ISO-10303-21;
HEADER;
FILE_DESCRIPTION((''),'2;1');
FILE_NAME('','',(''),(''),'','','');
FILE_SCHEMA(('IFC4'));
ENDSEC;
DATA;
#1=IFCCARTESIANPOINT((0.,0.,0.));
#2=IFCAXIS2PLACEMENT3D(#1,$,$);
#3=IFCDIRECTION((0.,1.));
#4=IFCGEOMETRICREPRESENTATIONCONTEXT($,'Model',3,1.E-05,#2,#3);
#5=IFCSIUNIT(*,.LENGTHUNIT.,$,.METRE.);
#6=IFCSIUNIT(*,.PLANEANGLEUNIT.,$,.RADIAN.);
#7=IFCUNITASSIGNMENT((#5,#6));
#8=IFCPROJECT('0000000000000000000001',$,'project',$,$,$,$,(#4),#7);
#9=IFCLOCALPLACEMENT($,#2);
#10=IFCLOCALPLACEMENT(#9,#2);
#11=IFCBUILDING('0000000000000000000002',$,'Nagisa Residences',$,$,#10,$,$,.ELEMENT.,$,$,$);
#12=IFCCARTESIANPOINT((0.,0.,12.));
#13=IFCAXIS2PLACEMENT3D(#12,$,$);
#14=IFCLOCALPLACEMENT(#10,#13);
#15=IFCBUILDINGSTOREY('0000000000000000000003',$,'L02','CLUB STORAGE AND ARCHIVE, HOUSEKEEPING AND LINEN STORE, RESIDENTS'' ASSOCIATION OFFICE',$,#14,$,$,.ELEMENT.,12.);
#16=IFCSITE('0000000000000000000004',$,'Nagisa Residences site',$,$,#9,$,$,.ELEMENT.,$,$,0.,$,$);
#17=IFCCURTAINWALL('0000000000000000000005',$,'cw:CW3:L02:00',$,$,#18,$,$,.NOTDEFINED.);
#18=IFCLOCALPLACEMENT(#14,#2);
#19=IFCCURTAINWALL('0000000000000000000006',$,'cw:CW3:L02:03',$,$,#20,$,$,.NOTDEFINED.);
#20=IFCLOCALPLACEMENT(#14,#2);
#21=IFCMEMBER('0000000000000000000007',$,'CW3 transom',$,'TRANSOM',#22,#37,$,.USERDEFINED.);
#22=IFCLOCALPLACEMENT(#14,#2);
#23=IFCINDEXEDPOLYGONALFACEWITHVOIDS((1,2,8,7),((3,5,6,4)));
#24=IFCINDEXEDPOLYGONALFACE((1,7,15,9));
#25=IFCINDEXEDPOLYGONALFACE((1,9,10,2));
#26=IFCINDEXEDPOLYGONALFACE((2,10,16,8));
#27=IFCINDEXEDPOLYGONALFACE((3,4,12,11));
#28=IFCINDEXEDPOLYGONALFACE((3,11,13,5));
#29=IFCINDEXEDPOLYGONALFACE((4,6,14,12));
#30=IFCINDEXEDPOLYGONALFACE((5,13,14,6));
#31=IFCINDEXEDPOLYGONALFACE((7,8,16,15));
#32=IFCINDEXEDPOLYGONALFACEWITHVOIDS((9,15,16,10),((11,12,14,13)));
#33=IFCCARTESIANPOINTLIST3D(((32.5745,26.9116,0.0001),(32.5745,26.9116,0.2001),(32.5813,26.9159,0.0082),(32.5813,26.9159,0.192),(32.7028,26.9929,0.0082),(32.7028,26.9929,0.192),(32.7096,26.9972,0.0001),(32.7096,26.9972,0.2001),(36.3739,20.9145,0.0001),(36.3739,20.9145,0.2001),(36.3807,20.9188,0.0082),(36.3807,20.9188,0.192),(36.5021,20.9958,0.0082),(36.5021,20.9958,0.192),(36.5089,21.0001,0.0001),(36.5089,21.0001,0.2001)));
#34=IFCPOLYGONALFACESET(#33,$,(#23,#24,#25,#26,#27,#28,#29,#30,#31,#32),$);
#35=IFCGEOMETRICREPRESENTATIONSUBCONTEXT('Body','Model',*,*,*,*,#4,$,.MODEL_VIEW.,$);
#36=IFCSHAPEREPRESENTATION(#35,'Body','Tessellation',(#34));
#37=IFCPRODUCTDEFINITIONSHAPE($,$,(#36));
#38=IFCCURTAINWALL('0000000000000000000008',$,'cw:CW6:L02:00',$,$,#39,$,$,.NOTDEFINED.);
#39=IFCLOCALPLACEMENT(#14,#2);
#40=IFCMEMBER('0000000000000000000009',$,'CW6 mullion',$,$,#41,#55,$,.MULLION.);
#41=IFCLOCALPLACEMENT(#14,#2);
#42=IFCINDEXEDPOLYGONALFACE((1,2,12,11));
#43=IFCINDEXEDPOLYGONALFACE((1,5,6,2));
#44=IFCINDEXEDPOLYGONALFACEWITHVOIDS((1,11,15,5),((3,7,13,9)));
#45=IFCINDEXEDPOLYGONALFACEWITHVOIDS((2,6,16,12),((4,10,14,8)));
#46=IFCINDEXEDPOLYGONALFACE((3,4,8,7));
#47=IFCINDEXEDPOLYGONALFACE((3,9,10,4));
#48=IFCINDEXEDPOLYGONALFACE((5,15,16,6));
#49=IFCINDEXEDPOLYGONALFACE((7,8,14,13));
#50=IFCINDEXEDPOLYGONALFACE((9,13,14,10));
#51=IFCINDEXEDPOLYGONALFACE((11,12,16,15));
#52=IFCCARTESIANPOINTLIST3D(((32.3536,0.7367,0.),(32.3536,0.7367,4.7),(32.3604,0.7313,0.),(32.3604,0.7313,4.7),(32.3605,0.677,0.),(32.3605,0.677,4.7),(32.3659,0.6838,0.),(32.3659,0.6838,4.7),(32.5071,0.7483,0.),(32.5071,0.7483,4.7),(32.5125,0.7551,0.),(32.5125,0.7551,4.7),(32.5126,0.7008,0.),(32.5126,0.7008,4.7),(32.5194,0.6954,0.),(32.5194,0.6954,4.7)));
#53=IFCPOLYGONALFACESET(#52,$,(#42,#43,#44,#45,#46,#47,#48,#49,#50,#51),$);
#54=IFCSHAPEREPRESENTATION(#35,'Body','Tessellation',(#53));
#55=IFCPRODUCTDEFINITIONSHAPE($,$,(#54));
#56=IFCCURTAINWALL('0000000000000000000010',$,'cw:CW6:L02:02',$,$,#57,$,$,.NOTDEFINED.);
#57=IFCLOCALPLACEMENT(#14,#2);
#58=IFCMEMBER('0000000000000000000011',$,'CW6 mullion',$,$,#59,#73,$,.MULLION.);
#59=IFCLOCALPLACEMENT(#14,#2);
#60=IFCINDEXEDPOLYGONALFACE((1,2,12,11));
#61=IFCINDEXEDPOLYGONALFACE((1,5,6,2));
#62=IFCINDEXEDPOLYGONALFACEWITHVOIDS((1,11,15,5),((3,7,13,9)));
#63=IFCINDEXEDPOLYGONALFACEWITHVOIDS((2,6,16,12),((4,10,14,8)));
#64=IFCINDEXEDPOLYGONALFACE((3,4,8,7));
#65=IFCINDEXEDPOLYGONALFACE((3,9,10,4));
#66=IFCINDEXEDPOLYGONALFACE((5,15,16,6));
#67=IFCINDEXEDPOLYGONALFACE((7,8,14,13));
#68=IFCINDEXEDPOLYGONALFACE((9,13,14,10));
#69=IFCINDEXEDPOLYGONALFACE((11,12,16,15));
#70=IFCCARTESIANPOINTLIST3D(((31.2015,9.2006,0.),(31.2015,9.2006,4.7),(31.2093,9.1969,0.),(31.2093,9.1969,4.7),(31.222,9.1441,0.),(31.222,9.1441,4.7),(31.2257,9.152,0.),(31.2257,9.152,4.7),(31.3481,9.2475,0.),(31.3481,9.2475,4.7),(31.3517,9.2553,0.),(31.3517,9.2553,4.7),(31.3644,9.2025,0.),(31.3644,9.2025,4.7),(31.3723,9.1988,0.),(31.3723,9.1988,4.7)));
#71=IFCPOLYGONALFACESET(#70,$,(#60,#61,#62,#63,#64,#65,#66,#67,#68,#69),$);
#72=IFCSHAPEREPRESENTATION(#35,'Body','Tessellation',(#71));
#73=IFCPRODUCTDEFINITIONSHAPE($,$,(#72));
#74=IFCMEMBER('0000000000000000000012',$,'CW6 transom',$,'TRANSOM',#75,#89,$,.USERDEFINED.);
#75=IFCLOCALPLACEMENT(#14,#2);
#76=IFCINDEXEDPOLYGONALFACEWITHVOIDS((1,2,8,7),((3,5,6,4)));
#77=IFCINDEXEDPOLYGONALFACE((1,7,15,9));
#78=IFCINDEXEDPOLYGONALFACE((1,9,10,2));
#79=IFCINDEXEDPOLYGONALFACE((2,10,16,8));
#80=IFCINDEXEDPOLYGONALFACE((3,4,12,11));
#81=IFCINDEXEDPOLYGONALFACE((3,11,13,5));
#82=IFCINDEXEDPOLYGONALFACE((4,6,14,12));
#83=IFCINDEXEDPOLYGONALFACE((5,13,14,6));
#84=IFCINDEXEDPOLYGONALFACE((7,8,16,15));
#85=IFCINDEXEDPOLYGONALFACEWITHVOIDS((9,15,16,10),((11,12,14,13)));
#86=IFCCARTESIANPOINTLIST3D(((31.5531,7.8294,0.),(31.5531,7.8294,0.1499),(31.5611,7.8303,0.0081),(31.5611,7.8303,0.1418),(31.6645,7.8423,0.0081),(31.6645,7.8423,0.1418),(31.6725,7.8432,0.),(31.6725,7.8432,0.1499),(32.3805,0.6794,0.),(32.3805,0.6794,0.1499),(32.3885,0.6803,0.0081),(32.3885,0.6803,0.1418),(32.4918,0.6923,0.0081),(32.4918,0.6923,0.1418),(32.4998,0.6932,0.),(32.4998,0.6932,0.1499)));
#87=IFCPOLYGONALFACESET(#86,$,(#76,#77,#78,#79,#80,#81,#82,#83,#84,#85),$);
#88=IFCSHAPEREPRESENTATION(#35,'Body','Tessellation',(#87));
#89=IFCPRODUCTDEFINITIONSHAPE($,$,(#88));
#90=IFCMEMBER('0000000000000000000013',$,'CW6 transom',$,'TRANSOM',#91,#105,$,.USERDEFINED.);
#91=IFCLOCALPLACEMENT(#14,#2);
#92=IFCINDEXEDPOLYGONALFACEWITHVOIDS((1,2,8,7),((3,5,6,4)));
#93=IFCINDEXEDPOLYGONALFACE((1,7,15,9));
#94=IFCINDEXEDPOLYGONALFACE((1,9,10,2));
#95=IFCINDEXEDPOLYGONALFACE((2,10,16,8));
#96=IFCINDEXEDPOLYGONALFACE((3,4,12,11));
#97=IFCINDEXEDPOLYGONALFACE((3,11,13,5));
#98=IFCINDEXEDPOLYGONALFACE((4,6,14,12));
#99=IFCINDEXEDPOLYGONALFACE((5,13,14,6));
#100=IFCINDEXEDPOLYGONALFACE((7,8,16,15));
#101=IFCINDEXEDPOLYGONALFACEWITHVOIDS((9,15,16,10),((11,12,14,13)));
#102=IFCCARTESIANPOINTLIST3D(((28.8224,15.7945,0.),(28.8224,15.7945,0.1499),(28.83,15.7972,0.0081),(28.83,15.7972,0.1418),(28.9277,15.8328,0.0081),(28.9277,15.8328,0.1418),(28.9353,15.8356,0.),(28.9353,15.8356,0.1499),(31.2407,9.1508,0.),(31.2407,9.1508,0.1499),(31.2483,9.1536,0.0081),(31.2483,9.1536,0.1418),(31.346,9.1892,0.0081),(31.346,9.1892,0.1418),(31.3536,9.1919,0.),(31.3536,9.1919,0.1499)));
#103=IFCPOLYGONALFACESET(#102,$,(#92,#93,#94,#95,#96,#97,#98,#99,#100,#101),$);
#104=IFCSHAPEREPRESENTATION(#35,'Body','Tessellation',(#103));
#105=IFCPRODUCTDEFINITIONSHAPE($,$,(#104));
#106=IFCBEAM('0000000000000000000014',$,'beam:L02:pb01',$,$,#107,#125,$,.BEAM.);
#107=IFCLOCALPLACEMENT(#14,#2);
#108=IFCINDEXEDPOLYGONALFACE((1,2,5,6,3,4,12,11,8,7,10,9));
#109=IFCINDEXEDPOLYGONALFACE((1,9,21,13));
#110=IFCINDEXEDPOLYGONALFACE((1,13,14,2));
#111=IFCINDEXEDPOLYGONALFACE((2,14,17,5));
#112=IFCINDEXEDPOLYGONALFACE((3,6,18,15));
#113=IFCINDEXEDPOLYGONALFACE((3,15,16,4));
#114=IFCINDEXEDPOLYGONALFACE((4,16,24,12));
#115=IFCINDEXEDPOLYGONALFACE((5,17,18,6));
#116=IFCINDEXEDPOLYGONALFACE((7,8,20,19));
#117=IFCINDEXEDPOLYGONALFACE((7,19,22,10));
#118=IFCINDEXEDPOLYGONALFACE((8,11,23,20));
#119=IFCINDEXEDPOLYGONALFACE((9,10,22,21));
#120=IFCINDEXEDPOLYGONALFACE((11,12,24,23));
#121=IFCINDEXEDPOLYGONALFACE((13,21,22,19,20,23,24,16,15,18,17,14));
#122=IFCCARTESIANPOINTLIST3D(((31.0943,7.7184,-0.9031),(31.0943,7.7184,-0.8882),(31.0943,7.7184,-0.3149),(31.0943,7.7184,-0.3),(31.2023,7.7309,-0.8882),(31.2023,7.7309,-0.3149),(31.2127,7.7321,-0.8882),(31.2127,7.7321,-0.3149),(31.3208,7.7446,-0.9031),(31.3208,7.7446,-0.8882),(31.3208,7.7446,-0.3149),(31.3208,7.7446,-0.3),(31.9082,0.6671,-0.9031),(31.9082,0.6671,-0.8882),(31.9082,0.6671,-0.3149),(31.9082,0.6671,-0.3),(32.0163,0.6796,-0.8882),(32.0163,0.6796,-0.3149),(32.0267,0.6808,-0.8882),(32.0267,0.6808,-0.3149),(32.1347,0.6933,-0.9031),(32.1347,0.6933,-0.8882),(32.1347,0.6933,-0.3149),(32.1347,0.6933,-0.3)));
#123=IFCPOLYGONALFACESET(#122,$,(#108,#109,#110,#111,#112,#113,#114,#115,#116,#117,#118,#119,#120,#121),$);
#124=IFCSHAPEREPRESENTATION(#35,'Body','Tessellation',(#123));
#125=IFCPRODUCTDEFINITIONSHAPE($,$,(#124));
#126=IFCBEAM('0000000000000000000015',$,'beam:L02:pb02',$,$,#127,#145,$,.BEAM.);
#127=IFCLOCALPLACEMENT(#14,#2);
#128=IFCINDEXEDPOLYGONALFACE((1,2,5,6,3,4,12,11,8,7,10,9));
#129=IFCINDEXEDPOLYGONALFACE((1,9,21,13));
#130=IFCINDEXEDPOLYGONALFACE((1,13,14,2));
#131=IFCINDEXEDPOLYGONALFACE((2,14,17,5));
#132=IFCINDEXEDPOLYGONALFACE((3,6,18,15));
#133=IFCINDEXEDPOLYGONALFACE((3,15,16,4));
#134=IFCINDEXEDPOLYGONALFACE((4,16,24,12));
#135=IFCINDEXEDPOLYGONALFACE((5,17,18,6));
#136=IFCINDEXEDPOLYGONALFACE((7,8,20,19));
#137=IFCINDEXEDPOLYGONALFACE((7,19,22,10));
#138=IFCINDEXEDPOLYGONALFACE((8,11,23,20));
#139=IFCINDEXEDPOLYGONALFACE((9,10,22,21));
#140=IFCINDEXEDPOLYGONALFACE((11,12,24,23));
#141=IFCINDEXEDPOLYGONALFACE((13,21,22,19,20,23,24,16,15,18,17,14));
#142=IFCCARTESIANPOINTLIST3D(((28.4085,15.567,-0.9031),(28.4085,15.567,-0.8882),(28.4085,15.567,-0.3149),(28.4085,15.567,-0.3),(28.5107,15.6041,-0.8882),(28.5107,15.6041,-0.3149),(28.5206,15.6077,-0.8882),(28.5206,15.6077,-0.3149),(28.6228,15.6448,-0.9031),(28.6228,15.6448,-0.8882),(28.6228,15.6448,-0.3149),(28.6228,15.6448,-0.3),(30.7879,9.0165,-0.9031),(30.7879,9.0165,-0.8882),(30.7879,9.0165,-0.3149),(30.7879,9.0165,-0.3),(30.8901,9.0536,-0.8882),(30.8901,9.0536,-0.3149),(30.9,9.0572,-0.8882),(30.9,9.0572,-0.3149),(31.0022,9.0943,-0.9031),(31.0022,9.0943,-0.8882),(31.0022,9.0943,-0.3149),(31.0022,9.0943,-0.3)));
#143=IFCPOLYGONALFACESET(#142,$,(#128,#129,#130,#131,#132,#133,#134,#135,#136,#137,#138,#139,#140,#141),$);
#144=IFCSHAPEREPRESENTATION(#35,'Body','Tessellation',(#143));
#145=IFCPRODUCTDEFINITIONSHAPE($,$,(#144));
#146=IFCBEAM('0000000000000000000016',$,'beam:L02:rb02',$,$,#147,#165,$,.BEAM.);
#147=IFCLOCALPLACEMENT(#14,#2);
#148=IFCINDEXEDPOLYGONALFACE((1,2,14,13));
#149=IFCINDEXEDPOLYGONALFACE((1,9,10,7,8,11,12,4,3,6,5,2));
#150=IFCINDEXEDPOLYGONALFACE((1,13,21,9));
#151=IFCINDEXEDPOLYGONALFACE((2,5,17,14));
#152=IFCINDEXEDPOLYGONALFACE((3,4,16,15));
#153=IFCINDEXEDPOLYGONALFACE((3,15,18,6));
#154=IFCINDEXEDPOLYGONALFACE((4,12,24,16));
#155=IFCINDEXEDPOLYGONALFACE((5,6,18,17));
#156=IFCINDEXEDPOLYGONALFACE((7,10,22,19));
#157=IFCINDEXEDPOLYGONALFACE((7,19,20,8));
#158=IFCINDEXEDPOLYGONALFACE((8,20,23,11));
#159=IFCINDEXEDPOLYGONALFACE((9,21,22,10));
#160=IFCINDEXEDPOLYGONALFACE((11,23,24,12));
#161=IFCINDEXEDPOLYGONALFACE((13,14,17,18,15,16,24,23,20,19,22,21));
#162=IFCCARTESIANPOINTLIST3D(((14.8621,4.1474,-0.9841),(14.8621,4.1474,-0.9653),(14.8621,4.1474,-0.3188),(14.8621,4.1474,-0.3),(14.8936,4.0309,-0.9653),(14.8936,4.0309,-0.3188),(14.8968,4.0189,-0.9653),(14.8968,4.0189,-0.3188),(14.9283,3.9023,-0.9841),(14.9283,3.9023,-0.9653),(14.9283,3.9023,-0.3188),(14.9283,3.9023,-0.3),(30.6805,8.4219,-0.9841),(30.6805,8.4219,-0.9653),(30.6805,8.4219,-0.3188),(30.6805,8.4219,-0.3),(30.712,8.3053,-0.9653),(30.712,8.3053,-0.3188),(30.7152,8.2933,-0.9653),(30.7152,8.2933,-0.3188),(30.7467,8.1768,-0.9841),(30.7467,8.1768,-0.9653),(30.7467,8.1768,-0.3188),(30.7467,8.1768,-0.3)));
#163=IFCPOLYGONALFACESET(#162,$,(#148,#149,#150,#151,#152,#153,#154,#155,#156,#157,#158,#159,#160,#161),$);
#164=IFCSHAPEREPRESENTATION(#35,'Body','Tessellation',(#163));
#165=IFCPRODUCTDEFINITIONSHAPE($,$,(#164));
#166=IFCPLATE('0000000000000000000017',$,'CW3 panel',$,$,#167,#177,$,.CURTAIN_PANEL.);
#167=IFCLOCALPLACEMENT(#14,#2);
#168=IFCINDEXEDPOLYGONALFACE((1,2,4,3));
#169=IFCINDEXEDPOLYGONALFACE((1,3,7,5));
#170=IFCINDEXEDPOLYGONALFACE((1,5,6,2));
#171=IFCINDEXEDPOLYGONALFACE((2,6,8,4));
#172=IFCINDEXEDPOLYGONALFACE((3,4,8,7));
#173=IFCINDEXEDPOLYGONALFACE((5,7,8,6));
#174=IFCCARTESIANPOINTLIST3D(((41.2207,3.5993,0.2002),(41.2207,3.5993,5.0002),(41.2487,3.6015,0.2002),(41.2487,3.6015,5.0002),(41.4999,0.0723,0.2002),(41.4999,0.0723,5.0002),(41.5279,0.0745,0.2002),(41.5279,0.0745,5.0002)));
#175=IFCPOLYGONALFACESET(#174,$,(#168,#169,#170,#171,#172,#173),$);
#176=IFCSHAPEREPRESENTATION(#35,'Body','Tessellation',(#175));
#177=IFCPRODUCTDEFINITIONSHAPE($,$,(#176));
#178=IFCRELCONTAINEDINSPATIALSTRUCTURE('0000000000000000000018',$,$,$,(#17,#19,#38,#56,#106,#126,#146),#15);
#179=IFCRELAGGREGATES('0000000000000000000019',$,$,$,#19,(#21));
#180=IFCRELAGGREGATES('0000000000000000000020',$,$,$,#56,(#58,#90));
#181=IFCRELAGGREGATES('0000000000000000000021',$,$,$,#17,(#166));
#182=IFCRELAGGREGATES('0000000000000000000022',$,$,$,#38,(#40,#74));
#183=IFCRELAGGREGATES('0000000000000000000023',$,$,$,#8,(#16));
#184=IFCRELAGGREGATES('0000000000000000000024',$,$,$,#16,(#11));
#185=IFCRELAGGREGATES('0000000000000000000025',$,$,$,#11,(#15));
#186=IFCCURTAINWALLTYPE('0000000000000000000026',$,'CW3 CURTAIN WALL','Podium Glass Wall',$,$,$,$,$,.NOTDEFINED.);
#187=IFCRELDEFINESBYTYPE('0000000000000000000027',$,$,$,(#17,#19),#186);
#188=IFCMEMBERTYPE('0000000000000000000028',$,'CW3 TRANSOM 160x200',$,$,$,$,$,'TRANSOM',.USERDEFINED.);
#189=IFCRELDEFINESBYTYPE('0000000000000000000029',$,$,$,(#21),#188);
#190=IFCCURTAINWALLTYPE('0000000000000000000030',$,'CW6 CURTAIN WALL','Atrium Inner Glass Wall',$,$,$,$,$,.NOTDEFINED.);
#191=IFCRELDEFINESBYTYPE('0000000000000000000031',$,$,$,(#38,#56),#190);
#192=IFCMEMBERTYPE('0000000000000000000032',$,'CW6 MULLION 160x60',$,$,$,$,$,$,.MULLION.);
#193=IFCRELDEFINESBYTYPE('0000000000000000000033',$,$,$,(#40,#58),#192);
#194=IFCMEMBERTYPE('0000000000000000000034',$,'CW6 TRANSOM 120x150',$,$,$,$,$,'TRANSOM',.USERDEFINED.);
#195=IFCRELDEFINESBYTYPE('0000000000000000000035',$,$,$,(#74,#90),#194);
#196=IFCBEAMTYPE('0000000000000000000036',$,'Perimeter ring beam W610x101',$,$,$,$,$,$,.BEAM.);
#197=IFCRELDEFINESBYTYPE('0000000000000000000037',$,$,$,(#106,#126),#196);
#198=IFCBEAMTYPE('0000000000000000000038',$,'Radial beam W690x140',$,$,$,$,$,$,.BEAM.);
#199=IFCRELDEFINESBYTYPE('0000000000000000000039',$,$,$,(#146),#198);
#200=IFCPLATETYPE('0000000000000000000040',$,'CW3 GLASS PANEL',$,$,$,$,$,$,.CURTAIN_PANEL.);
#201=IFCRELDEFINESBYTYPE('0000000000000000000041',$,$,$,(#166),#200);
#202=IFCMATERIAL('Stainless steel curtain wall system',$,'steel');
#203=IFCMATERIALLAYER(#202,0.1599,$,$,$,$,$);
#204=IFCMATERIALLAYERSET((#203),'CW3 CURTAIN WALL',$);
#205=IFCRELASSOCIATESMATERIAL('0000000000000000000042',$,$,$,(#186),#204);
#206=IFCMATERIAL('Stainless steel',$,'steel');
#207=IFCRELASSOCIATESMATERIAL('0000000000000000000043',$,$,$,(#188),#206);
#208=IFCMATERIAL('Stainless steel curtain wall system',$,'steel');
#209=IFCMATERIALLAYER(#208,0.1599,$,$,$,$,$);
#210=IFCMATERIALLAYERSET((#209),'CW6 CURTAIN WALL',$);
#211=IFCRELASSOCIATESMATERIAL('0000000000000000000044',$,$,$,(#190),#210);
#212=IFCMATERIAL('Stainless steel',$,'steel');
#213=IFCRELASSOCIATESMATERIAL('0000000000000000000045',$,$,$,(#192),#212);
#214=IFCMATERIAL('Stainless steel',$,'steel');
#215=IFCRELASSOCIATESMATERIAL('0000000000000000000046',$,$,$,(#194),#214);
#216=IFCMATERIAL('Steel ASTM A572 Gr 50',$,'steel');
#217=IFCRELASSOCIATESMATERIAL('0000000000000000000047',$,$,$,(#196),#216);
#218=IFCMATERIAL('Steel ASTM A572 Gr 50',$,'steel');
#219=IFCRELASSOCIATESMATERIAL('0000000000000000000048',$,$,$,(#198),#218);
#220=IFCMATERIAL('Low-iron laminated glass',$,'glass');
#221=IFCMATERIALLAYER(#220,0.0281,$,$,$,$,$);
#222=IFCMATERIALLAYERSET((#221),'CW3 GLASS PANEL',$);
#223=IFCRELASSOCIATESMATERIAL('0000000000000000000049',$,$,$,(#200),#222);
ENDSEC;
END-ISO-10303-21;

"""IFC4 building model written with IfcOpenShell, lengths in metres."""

from ifc_helpers import new_model, si_unit, direction, frame, origin, origin_2d, place, context, subcontext, project, spatial, rectangle, hollow_rectangle, i_section, extrude, material, layer, layer_set, material_profile, profile_set, type_object, element, aggregate, save


model = new_model("IFC4")

# Units and contexts
model_context = context("Model", 3, precision=1e-05, world=origin(), true_north=direction((0.0, 1.0)))
body_context = subcontext(model_context, "Body", "Model", "MODEL_VIEW")
ifc_project = project(units=[si_unit("LENGTHUNIT", "METRE"), si_unit("PLANEANGLEUNIT", "RADIAN")], contexts=[model_context])

# Site, building, storey
site_placement = place(None, origin())
site = spatial("IfcSite", under=ifc_project, at=site_placement, Name="Nagisa Residences site", CompositionType="ELEMENT", RefElevation=0.0)
building_placement = place(site_placement, origin())
building = spatial("IfcBuilding", under=site, at=building_placement, Name="Nagisa Residences", CompositionType="ELEMENT")
storey_placement = place(building_placement, frame((0.0, 0.0, 12.0)))
storey = spatial("IfcBuildingStorey", under=building, at=storey_placement, Name="L02", Description="CLUB STORAGE AND ARCHIVE, HOUSEKEEPING AND LINEN STORE, RESIDENTS' ASSOCIATION OFFICE", CompositionType="ELEMENT", Elevation=12.0)

# Curtain wall
ifc_material_1 = material(Name="Stainless steel curtain wall system", Category="steel")
ifc_layer_1 = layer(ifc_material_1, 0.1599)
ifc_layer_set_1 = layer_set([ifc_layer_1], Name="CW3 CURTAIN WALL")
curtain_wall_type_1 = type_object("IfcCurtainWallType", Name="CW3 CURTAIN WALL", Description="Podium Glass Wall", PredefinedType="NOTDEFINED", material=ifc_layer_set_1)
curtain_wall_1_placement = place(storey_placement, origin())
curtain_wall_1 = element("IfcCurtainWall", 1, at=curtain_wall_1_placement, inside=storey, type_object=curtain_wall_type_1, Name="cw:CW3:L02:00", PredefinedType="NOTDEFINED")

# Curtain wall
curtain_wall_2_placement = place(storey_placement, origin())
curtain_wall_2 = element("IfcCurtainWall", 2, at=curtain_wall_2_placement, inside=storey, type_object=curtain_wall_type_1, Name="cw:CW3:L02:03", PredefinedType="NOTDEFINED")

# Member
ifc_material_2 = material(Name="Stainless steel", Category="steel")
ifc_material_profile_1 = material_profile(ifc_material_2, hollow_rectangle(XDim=0.1599, YDim=0.2, WallThickness=0.0081, at=origin_2d()), Name="CW3 TRANSOM 160x200")
ifc_profile_set_1 = profile_set([ifc_material_profile_1], Name="Stainless steel")
member_type_1 = type_object("IfcMemberType", Name="CW3 TRANSOM 160x200", ElementType="TRANSOM", PredefinedType="USERDEFINED", material=ifc_profile_set_1)
member_1_placement = place(storey_placement, frame((36.4414, 20.9573, 0.1001), z_axis=(-0.53517, 0.844744, 0.0), x_axis=(-0.844744, -0.53517, 0.0)))
member_1 = element("IfcMember", 3, at=member_1_placement, type_object=member_type_1, Name="CW3 transom", ObjectType="TRANSOM", PredefinedType="USERDEFINED", context=body_context, shape_type="SweptSolid", body=[
    extrude(hollow_rectangle(XDim=0.1599, YDim=0.2, WallThickness=0.0081, at=origin_2d()), origin(), (0.0, 0.0, 1.0), 7.0994),
])
aggregate(curtain_wall_2, [member_1])

# Curtain walls, members
ifc_material_3 = material(Name="Stainless steel curtain wall system", Category="steel")
ifc_layer_2 = layer(ifc_material_3, 0.1599)
ifc_layer_set_2 = layer_set([ifc_layer_2], Name="CW6 CURTAIN WALL")
curtain_wall_type_2 = type_object("IfcCurtainWallType", Name="CW6 CURTAIN WALL", Description="Atrium Inner Glass Wall", PredefinedType="NOTDEFINED", material=ifc_layer_set_2)
curtain_wall_3_placement = place(storey_placement, origin())
curtain_wall_3 = element("IfcCurtainWall", 4, at=curtain_wall_3_placement, inside=storey, type_object=curtain_wall_type_2, Name="cw:CW6:L02:00", PredefinedType="NOTDEFINED")
ifc_material_4 = material(Name="Stainless steel", Category="steel")
ifc_material_profile_2 = material_profile(ifc_material_4, hollow_rectangle(XDim=0.1599, YDim=0.0601, WallThickness=0.0061, at=origin_2d()), Name="CW6 MULLION 160x60")
ifc_profile_set_2 = profile_set([ifc_material_profile_2], Name="Stainless steel")
member_type_2 = type_object("IfcMemberType", Name="CW6 MULLION 160x60", PredefinedType="MULLION", material=ifc_profile_set_2)
member_2_placement = place(storey_placement, frame((32.4365, 0.7161, 0.0), z_axis=(0.0, 0.0, 1.0), x_axis=(-0.993374, -0.114928, 0.0)))
member_2 = element("IfcMember", 5, at=member_2_placement, type_object=member_type_2, Name="CW6 mullion", PredefinedType="MULLION", context=body_context, shape_type="SweptSolid", body=[
    extrude(hollow_rectangle(XDim=0.1599, YDim=0.0601, WallThickness=0.0061, at=origin_2d()), origin(), (0.0, 0.0, 1.0), 4.7),
])
curtain_wall_4_placement = place(storey_placement, origin())
curtain_wall_4 = element("IfcCurtainWall", 6, at=curtain_wall_4_placement, inside=storey, type_object=curtain_wall_type_2, Name="cw:CW6:L02:02", PredefinedType="NOTDEFINED")
member_3_placement = place(storey_placement, frame((31.2869, 9.1997, 0.0), z_axis=(0.0, 0.0, 1.0), x_axis=(-0.939682, -0.34205, 0.0)))
member_3 = element("IfcMember", 7, at=member_3_placement, type_object=member_type_2, Name="CW6 mullion", PredefinedType="MULLION", context=body_context, shape_type="SweptSolid", body=[
    extrude(hollow_rectangle(XDim=0.1599, YDim=0.0601, WallThickness=0.0061, at=origin_2d()), origin(), (0.0, 0.0, 1.0), 4.7),
])

# Members
ifc_material_5 = material(Name="Stainless steel", Category="steel")
ifc_material_profile_3 = material_profile(ifc_material_5, hollow_rectangle(XDim=0.1201, YDim=0.1499, WallThickness=0.0081, at=origin_2d()), Name="CW6 TRANSOM 120x150")
ifc_profile_set_3 = profile_set([ifc_material_profile_3], Name="Stainless steel")
member_type_3 = type_object("IfcMemberType", Name="CW6 TRANSOM 120x150", ElementType="TRANSOM", PredefinedType="USERDEFINED", material=ifc_profile_set_3)
member_4_placement = place(storey_placement, frame((32.4402, 0.6863, 0.075), z_axis=(-0.11495, 0.993371, 0.0), x_axis=(-0.993371, -0.11495, 0.0)))
member_4 = element("IfcMember", 8, at=member_4_placement, type_object=member_type_3, Name="CW6 transom", ObjectType="TRANSOM", PredefinedType="USERDEFINED", context=body_context, shape_type="SweptSolid", body=[
    extrude(hollow_rectangle(XDim=0.1201, YDim=0.1499, WallThickness=0.0081, at=origin_2d()), origin(), (0.0, 0.0, 1.0), 7.1978),
])
member_5_placement = place(storey_placement, frame((31.2971, 9.1714, 0.075), z_axis=(-0.34204, 0.939685, 0.0), x_axis=(-0.939685, -0.34204, 0.0)))
member_5 = element("IfcMember", 9, at=member_5_placement, type_object=member_type_3, Name="CW6 transom", ObjectType="TRANSOM", PredefinedType="USERDEFINED", context=body_context, shape_type="SweptSolid", body=[
    extrude(hollow_rectangle(XDim=0.1201, YDim=0.1499, WallThickness=0.0081, at=origin_2d()), origin(), (0.0, 0.0, 1.0), 7.0701),
])
aggregate(curtain_wall_4, [member_3, member_5])

# Beams
ifc_material_6 = material(Name="Steel ASTM A572 Gr 50", Category="steel")
ifc_material_profile_4 = material_profile(ifc_material_6, i_section(OverallWidth=0.228, OverallDepth=0.603, WebThickness=0.0105, FlangeThickness=0.0149, at=origin_2d()), Name="W610x101")
ifc_profile_set_4 = profile_set([ifc_material_profile_4], Name="Steel ASTM A572 Gr 50")
beam_type_1 = type_object("IfcBeamType", Name="Perimeter ring beam W610x101", PredefinedType="BEAM", material=ifc_profile_set_4)
beam_1_placement = place(storey_placement, frame((32.0215, 0.6802, -0.6016), z_axis=(-0.114674, 0.993403, 0.0), x_axis=(-0.993403, -0.114674, 0.0)))
element("IfcBeam", 10, at=beam_1_placement, inside=storey, type_object=beam_type_1, Name="beam:L02:pb01", PredefinedType="BEAM", context=body_context, shape_type="SweptSolid", body=[
    extrude(i_section(OverallWidth=0.228, OverallDepth=0.603, WebThickness=0.0105, FlangeThickness=0.0149, at=origin_2d()), origin(), (0.0, 0.0, 1.0), 7.0981),
])
beam_2_placement = place(storey_placement, frame((30.895, 9.0554, -0.6016), z_axis=(-0.341411, 0.939914, 0.0), x_axis=(-0.939914, -0.341411, 0.0)))
element("IfcBeam", 11, at=beam_2_placement, inside=storey, type_object=beam_type_1, Name="beam:L02:pb02", PredefinedType="BEAM", context=body_context, shape_type="SweptSolid", body=[
    extrude(i_section(OverallWidth=0.228, OverallDepth=0.603, WebThickness=0.0105, FlangeThickness=0.0149, at=origin_2d()), origin(), (0.0, 0.0, 1.0), 6.9692),
])
ifc_material_7 = material(Name="Steel ASTM A572 Gr 50", Category="steel")
ifc_material_profile_5 = material_profile(ifc_material_7, i_section(OverallWidth=0.2539, OverallDepth=0.6841, WebThickness=0.0125, FlangeThickness=0.0188, at=origin_2d()), Name="W690x140")
ifc_profile_set_5 = profile_set([ifc_material_profile_5], Name="Steel ASTM A572 Gr 50")
beam_type_2 = type_object("IfcBeamType", Name="Radial beam W690x140", PredefinedType="BEAM", material=ifc_profile_set_5)
beam_3_placement = place(storey_placement, frame((30.7136, 8.2993, -0.6421), z_axis=(-0.965376, -0.260862, 0.0), x_axis=(0.260862, -0.965376, 0.0)))
element("IfcBeam", 12, at=beam_3_placement, inside=storey, type_object=beam_type_2, Name="beam:L02:rb02", PredefinedType="BEAM", context=body_context, shape_type="SweptSolid", body=[
    extrude(i_section(OverallWidth=0.2539, OverallDepth=0.6841, WebThickness=0.0125, FlangeThickness=0.0188, at=origin_2d()), origin(), (0.0, 0.0, 1.0), 16.3857),
])

# Plate
ifc_material_8 = material(Name="Low-iron laminated glass", Category="glass")
ifc_layer_3 = layer(ifc_material_8, 0.0281)
ifc_layer_set_3 = layer_set([ifc_layer_3], Name="CW3 GLASS PANEL")
plate_type_1 = type_object("IfcPlateType", Name="CW3 GLASS PANEL", PredefinedType="CURTAIN_PANEL", material=ifc_layer_set_3)
plate_1_placement = place(storey_placement, frame((41.3743, 1.8369, 0.2002), z_axis=(0.0, 0.0, 1.0), x_axis=(-0.07891, 0.996882, 0.0)))
plate_1 = element("IfcPlate", 13, at=plate_1_placement, type_object=plate_type_1, Name="CW3 panel", PredefinedType="CURTAIN_PANEL", context=body_context, shape_type="SweptSolid", body=[
    extrude(rectangle(XDim=3.5381, YDim=0.0281, at=origin_2d()), origin(), (0.0, 0.0, 1.0), 4.8),
])
aggregate(curtain_wall_1, [plate_1])
aggregate(curtain_wall_3, [member_2, member_4])

save(model, "model.ifc")
